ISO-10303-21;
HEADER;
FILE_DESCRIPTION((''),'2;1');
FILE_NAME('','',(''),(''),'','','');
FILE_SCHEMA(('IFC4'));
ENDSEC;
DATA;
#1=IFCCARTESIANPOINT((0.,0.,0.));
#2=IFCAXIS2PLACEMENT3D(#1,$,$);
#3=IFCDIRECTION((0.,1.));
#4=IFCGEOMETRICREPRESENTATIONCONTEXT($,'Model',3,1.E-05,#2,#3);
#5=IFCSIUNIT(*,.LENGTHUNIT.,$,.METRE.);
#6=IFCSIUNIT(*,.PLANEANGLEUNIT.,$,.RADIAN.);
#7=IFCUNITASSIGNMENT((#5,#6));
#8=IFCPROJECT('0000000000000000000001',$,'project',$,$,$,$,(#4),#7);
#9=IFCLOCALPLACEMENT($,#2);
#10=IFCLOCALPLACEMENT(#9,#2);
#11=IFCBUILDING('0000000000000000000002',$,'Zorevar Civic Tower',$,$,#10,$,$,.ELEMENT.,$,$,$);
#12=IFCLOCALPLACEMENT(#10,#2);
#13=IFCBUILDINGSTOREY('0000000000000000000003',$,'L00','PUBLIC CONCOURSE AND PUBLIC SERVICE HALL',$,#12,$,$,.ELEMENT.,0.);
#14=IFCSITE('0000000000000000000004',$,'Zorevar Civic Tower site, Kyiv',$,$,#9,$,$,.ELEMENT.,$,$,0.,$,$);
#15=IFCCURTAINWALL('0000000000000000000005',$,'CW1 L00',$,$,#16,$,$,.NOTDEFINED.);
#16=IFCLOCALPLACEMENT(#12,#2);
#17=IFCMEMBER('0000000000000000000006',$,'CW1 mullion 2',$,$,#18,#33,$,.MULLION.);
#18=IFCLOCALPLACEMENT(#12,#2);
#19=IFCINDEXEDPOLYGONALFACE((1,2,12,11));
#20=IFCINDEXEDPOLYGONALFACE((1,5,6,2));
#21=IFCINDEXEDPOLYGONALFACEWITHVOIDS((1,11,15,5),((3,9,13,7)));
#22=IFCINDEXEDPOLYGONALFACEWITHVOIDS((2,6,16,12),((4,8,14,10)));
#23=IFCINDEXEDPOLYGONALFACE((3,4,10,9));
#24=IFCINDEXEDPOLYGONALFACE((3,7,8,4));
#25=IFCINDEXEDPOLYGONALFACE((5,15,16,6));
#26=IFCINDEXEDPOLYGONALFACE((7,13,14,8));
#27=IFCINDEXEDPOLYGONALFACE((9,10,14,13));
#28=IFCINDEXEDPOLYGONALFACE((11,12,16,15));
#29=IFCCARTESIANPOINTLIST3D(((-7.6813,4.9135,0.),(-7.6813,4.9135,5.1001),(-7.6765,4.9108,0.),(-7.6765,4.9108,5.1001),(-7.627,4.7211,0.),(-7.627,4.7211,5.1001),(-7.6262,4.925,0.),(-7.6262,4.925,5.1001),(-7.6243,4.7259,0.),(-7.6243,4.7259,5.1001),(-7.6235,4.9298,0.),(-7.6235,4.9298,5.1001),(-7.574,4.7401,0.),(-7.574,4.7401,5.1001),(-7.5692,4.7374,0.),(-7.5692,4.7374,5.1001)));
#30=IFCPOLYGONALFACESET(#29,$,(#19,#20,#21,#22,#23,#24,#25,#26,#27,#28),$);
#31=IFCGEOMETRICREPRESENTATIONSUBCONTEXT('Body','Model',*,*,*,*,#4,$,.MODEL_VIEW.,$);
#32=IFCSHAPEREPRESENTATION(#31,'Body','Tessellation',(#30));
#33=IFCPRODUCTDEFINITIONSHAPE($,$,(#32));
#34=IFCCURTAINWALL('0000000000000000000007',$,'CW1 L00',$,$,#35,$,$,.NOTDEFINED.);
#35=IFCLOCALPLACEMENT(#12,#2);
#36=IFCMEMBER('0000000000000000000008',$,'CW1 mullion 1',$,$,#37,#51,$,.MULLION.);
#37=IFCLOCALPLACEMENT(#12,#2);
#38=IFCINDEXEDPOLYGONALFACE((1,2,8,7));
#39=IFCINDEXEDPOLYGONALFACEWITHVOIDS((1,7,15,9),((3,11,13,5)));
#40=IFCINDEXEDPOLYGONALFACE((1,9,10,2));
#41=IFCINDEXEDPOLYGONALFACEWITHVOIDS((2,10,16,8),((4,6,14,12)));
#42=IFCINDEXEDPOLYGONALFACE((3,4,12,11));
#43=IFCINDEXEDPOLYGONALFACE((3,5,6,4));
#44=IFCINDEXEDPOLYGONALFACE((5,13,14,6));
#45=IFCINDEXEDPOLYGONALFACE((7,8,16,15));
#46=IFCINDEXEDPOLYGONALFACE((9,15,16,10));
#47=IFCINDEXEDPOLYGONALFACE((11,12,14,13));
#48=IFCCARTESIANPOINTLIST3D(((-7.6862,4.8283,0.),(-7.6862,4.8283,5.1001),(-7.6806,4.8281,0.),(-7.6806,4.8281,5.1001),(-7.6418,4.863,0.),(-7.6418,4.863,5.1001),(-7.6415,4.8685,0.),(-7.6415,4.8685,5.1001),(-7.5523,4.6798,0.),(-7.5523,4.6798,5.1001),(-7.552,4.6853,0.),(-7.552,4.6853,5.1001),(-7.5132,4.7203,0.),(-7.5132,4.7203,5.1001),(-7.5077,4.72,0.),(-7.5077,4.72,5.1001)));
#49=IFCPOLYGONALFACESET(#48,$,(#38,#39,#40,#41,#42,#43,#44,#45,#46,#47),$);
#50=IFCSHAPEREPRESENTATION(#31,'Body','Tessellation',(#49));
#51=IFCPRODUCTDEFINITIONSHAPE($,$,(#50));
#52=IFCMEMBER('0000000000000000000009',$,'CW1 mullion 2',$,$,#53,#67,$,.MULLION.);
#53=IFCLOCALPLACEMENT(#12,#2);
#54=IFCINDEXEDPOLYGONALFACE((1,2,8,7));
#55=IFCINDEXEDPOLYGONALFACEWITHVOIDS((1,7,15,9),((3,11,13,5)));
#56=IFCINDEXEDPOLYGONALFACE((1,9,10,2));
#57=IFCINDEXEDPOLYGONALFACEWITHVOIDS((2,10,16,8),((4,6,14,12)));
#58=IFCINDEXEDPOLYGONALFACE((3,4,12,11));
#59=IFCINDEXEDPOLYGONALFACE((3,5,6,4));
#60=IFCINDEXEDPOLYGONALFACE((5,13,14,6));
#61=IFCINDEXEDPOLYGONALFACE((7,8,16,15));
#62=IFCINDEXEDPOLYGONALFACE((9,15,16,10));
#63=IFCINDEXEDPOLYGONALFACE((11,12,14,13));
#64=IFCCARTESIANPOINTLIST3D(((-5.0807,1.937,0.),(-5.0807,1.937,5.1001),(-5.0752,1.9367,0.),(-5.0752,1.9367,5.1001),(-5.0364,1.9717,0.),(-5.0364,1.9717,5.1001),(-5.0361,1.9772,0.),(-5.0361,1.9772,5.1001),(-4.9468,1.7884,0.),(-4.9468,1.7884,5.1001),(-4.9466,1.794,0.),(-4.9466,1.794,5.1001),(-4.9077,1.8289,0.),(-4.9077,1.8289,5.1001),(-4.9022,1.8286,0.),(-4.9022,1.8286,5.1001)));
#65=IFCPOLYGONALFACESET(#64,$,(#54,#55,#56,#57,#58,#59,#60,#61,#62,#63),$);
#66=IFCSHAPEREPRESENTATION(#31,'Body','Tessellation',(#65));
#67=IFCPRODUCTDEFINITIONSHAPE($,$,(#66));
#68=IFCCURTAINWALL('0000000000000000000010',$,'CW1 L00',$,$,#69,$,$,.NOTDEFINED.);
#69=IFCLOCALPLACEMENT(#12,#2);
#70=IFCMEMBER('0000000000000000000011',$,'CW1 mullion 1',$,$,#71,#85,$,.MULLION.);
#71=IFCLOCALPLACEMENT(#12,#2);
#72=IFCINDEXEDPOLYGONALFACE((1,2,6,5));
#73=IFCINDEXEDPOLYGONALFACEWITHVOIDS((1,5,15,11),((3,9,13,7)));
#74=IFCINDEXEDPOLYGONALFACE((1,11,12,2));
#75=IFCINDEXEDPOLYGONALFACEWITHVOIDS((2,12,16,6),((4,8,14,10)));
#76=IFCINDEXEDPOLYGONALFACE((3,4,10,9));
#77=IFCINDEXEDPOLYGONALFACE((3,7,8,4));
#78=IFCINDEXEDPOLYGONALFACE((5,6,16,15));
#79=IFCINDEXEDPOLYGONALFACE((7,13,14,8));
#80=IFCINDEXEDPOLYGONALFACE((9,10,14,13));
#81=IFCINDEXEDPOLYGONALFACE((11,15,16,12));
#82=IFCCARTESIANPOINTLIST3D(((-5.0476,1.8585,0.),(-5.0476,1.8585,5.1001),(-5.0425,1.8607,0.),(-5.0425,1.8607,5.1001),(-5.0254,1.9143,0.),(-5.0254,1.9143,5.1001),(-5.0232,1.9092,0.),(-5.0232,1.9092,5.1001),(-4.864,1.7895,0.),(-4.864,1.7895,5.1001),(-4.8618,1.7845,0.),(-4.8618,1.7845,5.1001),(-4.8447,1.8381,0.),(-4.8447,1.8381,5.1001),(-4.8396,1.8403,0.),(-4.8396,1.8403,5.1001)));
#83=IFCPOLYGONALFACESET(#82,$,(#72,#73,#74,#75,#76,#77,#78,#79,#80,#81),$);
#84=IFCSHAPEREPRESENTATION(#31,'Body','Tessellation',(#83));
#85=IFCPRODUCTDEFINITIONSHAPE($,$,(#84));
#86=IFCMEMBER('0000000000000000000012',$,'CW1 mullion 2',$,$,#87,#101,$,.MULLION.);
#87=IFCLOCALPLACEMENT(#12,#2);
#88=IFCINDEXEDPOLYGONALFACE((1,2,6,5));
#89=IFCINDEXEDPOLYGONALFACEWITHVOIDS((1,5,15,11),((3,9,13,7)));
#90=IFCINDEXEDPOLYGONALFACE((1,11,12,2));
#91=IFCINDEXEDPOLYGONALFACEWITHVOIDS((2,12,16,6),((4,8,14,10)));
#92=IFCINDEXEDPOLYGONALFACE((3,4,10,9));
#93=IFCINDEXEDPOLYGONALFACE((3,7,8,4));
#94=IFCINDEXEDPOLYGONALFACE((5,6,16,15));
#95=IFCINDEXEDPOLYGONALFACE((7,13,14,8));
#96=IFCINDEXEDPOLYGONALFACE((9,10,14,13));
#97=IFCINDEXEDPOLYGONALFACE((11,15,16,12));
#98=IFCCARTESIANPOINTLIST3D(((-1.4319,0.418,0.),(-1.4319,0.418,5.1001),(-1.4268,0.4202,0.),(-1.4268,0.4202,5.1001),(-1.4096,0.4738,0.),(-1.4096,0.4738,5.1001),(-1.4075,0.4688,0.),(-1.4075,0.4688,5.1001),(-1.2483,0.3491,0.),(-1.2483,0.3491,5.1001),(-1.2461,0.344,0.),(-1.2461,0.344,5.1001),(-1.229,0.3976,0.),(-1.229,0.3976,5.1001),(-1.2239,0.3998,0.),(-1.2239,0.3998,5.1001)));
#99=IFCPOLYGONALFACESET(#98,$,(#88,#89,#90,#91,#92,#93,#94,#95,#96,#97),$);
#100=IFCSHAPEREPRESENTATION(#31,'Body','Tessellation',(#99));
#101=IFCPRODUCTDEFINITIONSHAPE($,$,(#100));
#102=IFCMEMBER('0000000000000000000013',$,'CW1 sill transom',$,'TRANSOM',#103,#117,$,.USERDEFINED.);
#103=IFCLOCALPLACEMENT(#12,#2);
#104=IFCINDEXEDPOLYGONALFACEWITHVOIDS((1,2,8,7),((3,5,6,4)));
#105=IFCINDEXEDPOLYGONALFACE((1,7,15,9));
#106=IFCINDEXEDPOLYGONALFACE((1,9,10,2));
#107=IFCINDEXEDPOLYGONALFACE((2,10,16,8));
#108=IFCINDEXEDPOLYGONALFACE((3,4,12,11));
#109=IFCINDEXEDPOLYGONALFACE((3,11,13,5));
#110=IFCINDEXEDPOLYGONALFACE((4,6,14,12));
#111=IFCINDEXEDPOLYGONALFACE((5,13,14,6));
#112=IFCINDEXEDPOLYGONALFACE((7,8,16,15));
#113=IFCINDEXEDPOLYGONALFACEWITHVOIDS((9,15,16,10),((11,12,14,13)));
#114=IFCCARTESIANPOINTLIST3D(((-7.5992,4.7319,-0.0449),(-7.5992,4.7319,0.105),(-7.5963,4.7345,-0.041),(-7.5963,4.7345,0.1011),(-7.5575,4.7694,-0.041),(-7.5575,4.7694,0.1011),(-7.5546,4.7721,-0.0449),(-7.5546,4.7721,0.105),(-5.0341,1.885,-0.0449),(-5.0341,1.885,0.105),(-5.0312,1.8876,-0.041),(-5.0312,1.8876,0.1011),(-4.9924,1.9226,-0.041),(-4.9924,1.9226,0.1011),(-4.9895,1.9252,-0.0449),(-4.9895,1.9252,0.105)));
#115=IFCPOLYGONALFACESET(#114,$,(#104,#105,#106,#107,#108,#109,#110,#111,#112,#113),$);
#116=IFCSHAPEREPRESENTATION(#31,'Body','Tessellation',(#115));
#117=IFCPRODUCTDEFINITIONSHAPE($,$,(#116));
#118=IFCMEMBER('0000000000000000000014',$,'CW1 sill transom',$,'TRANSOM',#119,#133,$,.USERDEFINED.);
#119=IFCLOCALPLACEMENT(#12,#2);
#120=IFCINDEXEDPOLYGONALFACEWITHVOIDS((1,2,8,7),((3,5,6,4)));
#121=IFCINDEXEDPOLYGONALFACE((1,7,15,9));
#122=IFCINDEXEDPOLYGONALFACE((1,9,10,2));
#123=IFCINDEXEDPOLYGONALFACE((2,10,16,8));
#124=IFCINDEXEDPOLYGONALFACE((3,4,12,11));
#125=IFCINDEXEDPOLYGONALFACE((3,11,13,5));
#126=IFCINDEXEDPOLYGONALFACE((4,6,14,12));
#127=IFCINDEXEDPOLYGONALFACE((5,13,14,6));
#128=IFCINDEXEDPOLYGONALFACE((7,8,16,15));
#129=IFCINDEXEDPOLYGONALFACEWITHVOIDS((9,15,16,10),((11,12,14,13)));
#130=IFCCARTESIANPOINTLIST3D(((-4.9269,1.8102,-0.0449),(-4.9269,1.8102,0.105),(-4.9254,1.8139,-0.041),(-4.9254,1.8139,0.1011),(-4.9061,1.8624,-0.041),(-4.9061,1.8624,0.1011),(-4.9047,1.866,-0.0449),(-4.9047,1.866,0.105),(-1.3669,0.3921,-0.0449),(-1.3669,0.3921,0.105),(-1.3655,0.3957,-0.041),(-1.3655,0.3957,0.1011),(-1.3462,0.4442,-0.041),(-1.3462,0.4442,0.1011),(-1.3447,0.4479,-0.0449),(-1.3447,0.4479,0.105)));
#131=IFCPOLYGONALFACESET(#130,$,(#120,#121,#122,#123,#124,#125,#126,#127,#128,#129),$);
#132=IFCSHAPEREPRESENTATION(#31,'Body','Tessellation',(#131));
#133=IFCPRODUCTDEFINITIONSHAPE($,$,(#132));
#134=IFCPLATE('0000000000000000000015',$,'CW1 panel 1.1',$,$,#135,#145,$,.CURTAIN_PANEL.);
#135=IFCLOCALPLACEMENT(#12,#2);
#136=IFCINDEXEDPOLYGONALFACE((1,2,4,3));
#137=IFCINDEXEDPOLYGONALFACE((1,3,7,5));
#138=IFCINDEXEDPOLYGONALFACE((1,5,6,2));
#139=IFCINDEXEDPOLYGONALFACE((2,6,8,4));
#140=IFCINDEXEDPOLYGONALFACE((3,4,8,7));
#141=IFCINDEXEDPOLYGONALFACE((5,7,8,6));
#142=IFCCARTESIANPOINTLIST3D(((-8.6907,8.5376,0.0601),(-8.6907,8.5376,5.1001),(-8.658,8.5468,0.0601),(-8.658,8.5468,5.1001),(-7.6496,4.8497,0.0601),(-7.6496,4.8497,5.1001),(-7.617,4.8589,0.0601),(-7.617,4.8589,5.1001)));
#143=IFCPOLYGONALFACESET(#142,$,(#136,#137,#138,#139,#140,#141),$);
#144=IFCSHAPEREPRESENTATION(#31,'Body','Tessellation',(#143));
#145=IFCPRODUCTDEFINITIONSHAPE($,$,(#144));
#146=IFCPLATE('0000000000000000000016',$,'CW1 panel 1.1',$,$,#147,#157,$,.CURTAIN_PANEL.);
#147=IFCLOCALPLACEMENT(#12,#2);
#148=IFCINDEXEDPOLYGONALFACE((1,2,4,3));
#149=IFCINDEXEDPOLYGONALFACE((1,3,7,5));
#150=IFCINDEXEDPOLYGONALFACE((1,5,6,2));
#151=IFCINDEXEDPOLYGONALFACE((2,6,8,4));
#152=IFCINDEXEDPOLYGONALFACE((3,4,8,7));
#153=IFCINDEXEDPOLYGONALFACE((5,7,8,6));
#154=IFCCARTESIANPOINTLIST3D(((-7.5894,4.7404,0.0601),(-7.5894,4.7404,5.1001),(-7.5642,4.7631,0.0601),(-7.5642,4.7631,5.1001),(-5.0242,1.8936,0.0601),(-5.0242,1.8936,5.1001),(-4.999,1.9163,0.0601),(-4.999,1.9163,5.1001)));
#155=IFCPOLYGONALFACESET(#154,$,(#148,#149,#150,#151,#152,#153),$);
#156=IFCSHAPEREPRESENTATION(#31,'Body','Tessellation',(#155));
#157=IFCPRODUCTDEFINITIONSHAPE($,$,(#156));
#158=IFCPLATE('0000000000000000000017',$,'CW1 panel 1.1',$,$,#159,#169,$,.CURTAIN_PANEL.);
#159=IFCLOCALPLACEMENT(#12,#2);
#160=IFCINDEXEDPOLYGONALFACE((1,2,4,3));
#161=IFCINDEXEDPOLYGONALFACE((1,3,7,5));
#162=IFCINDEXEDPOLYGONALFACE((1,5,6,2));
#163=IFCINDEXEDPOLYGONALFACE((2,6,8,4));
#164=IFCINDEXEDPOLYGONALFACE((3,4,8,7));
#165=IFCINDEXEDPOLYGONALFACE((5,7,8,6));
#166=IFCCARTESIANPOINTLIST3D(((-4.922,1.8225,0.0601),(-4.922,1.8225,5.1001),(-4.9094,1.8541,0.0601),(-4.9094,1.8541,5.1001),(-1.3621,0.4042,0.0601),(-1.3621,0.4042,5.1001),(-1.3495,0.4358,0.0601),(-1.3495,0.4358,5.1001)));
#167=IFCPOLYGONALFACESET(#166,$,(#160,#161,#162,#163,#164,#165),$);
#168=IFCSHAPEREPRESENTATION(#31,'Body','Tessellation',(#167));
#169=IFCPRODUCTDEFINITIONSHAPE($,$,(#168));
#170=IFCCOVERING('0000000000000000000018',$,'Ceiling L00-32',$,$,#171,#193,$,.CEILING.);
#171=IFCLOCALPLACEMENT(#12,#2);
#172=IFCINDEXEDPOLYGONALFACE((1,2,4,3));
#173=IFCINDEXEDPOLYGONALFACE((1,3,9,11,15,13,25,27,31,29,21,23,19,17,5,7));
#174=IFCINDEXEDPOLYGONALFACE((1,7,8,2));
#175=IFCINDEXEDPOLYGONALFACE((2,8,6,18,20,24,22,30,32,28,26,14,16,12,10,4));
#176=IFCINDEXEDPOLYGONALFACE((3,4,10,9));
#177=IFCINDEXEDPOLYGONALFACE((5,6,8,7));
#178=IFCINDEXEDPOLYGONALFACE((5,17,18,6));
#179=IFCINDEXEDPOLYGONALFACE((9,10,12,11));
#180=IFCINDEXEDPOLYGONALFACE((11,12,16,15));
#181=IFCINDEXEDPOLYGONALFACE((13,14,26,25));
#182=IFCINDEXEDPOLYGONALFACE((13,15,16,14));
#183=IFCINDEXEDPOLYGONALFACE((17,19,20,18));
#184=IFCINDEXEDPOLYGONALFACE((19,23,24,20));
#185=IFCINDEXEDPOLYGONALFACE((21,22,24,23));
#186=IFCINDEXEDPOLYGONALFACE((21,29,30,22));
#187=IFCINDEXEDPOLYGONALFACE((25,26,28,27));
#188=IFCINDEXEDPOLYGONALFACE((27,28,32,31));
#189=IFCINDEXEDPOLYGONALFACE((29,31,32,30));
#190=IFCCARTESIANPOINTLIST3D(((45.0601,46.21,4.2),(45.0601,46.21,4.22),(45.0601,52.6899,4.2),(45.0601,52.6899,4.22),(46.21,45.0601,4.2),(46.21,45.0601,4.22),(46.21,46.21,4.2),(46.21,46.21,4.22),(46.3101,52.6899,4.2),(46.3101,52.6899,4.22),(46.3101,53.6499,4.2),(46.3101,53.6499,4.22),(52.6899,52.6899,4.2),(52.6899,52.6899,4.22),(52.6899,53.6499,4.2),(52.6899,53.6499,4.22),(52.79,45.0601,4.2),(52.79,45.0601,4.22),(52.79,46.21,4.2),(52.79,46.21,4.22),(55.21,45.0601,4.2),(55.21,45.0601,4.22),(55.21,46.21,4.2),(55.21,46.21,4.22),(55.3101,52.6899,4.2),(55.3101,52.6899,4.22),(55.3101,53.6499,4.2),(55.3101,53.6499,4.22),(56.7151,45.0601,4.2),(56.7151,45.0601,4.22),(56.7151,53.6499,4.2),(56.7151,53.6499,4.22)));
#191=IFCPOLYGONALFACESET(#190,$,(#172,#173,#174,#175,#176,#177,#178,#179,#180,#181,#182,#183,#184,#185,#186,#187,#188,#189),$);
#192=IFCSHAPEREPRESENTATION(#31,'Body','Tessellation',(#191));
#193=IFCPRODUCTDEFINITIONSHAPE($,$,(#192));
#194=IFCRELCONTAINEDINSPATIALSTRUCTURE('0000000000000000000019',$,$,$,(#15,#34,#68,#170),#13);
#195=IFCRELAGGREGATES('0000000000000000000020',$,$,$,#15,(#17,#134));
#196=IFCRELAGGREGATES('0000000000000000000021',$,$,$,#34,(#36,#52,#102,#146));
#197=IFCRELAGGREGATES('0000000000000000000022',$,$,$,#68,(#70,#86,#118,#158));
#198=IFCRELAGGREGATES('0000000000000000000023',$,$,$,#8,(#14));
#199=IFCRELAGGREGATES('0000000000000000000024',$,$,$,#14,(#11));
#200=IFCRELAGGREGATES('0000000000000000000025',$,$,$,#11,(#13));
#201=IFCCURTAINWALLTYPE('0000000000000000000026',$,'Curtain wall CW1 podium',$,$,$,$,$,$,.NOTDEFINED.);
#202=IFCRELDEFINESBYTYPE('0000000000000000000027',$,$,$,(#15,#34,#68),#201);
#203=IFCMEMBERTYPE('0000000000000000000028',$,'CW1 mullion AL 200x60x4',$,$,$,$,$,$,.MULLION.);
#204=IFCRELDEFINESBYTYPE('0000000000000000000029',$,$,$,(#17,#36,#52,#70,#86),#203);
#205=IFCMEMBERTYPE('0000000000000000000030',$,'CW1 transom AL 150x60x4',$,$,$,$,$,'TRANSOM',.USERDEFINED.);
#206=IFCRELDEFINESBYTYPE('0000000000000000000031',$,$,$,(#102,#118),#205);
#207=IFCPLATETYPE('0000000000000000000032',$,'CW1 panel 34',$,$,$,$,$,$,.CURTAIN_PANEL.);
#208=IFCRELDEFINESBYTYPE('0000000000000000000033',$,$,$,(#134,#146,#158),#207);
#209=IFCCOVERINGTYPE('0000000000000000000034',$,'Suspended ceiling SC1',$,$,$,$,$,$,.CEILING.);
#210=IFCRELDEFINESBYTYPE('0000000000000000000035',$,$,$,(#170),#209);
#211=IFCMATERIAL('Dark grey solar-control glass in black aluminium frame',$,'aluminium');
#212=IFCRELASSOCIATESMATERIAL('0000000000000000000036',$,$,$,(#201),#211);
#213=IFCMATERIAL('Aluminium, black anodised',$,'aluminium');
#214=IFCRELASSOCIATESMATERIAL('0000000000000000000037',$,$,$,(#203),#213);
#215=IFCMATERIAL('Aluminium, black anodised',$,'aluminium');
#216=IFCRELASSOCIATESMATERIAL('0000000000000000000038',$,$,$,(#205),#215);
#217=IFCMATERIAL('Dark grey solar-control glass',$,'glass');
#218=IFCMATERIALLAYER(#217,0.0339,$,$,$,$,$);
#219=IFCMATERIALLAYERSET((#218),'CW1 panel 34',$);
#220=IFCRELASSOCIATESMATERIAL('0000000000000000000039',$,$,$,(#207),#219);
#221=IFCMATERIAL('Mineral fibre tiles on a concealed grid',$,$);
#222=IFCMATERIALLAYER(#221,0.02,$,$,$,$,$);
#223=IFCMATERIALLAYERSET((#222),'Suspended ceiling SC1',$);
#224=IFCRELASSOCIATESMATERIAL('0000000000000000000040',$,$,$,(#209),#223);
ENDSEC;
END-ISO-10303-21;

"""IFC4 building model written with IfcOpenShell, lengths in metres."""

from ifc_helpers import new_model, si_unit, direction, frame, origin, origin_2d, place, context, subcontext, project, spatial, polyline, rectangle, hollow_rectangle, outline, extrude, material, layer, layer_set, material_profile, profile_set, type_object, element, aggregate, save


model = new_model("IFC4")

# Units and contexts
model_context = context("Model", 3, precision=1e-05, world=origin(), true_north=direction((0.0, 1.0)))
body_context = subcontext(model_context, "Body", "Model", "MODEL_VIEW")
ifc_project = project(units=[si_unit("LENGTHUNIT", "METRE"), si_unit("PLANEANGLEUNIT", "RADIAN")], contexts=[model_context])

# Site, building, storey
site_placement = place(None, origin())
site = spatial("IfcSite", under=ifc_project, at=site_placement, Name="Zorevar Civic Tower site, Kyiv", CompositionType="ELEMENT", RefElevation=0.0)
building_placement = place(site_placement, origin())
building = spatial("IfcBuilding", under=site, at=building_placement, Name="Zorevar Civic Tower", CompositionType="ELEMENT")
storey_placement = place(building_placement, origin())
storey = spatial("IfcBuildingStorey", under=building, at=storey_placement, Name="L00", Description="PUBLIC CONCOURSE AND PUBLIC SERVICE HALL", CompositionType="ELEMENT", Elevation=0.0)

# Curtain wall, member
ifc_material_1 = material(Name="Dark grey solar-control glass in black aluminium frame", Category="aluminium")
curtain_wall_type = type_object("IfcCurtainWallType", Name="Curtain wall CW1 podium", PredefinedType="NOTDEFINED", material=ifc_material_1)
curtain_wall_1_placement = place(storey_placement, origin())
curtain_wall_1 = element("IfcCurtainWall", 1, at=curtain_wall_1_placement, inside=storey, type_object=curtain_wall_type, Name="CW1 L00", PredefinedType="NOTDEFINED")
ifc_material_2 = material(Name="Aluminium, black anodised", Category="aluminium")
ifc_material_profile_1 = material_profile(ifc_material_2, hollow_rectangle(XDim=0.0601, YDim=0.2, WallThickness=0.0039, at=origin_2d()), Name="AL 200x60x4")
ifc_profile_set_1 = profile_set([ifc_material_profile_1], Name="Aluminium, black anodised")
member_type_1 = type_object("IfcMemberType", Name="CW1 mullion AL 200x60x4", PredefinedType="MULLION", material=ifc_profile_set_1)
member_1_placement = place(storey_placement, frame((-7.6252, 4.8254, 0.0), z_axis=(0.0, 0.0, 1.0), x_axis=(0.962391, 0.271669, 0.0)))
member_1 = element("IfcMember", 2, at=member_1_placement, type_object=member_type_1, Name="CW1 mullion 2", PredefinedType="MULLION", context=body_context, shape_type="SweptSolid", body=[
    extrude(hollow_rectangle(XDim=0.0601, YDim=0.2, WallThickness=0.0039, at=origin_2d()), origin(), (0.0, 0.0, 1.0), 5.1001),
])

# Curtain walls, members
curtain_wall_2_placement = place(storey_placement, origin())
curtain_wall_2 = element("IfcCurtainWall", 3, at=curtain_wall_2_placement, inside=storey, type_object=curtain_wall_type, Name="CW1 L00", PredefinedType="NOTDEFINED")
member_2_placement = place(storey_placement, frame((-7.5969, 4.7742, 0.0), z_axis=(0.0, 0.0, 1.0), x_axis=(0.7429, 0.669403, 0.0)))
member_2 = element("IfcMember", 4, at=member_2_placement, type_object=member_type_1, Name="CW1 mullion 1", PredefinedType="MULLION", context=body_context, shape_type="SweptSolid", body=[
    extrude(hollow_rectangle(XDim=0.0601, YDim=0.2, WallThickness=0.0039, at=origin_2d()), origin(), (0.0, 0.0, 1.0), 5.1001),
])
member_3_placement = place(storey_placement, frame((-4.9915, 1.8828, 0.0), z_axis=(0.0, 0.0, 1.0), x_axis=(0.7429, 0.669403, 0.0)))
member_3 = element("IfcMember", 5, at=member_3_placement, type_object=member_type_1, Name="CW1 mullion 2", PredefinedType="MULLION", context=body_context, shape_type="SweptSolid", body=[
    extrude(hollow_rectangle(XDim=0.0601, YDim=0.2, WallThickness=0.0039, at=origin_2d()), origin(), (0.0, 0.0, 1.0), 5.1001),
])
curtain_wall_3_placement = place(storey_placement, origin())
curtain_wall_3 = element("IfcCurtainWall", 6, at=curtain_wall_3_placement, inside=storey, type_object=curtain_wall_type, Name="CW1 L00", PredefinedType="NOTDEFINED")
member_4_placement = place(storey_placement, frame((-4.9436, 1.8494, 0.0), z_axis=(0.0, 0.0, 1.0), x_axis=(0.370111, 0.928988, 0.0)))
member_4 = element("IfcMember", 7, at=member_4_placement, type_object=member_type_1, Name="CW1 mullion 1", PredefinedType="MULLION", context=body_context, shape_type="SweptSolid", body=[
    extrude(hollow_rectangle(XDim=0.0601, YDim=0.2, WallThickness=0.0039, at=origin_2d()), origin(), (0.0, 0.0, 1.0), 5.1001),
])
member_5_placement = place(storey_placement, frame((-1.3279, 0.4089, 0.0), z_axis=(0.0, 0.0, 1.0), x_axis=(0.370111, 0.928988, 0.0)))
member_5 = element("IfcMember", 8, at=member_5_placement, type_object=member_type_1, Name="CW1 mullion 2", PredefinedType="MULLION", context=body_context, shape_type="SweptSolid", body=[
    extrude(hollow_rectangle(XDim=0.0601, YDim=0.2, WallThickness=0.0039, at=origin_2d()), origin(), (0.0, 0.0, 1.0), 5.1001),
])

# Members
ifc_material_3 = material(Name="Aluminium, black anodised", Category="aluminium")
ifc_material_profile_2 = material_profile(ifc_material_3, hollow_rectangle(XDim=0.0601, YDim=0.1499, WallThickness=0.0039, at=origin_2d()), Name="AL 150x60x4")
ifc_profile_set_2 = profile_set([ifc_material_profile_2], Name="Aluminium, black anodised")
member_type_2 = type_object("IfcMemberType", Name="CW1 transom AL 150x60x4", ElementType="TRANSOM", PredefinedType="USERDEFINED", material=ifc_profile_set_2)
member_6_placement = place(storey_placement, frame((-7.5769, 4.752, 0.03), z_axis=(0.669391, -0.742911, 0.0), x_axis=(0.742911, 0.669391, 0.0)))
member_6 = element("IfcMember", 9, at=member_6_placement, type_object=member_type_2, Name="CW1 sill transom", ObjectType="TRANSOM", PredefinedType="USERDEFINED", context=body_context, shape_type="SweptSolid", body=[
    extrude(hollow_rectangle(XDim=0.0601, YDim=0.1499, WallThickness=0.0039, at=origin_2d()), origin(), (0.0, 0.0, 1.0), 3.832),
])
member_7_placement = place(storey_placement, frame((-4.9158, 1.8381, 0.03), z_axis=(0.928999, -0.370083, 0.0), x_axis=(0.370083, 0.928999, 0.0)))
member_7 = element("IfcMember", 10, at=member_7_placement, type_object=member_type_2, Name="CW1 sill transom", ObjectType="TRANSOM", PredefinedType="USERDEFINED", context=body_context, shape_type="SweptSolid", body=[
    extrude(hollow_rectangle(XDim=0.0601, YDim=0.1499, WallThickness=0.0039, at=origin_2d()), origin(), (0.0, 0.0, 1.0), 3.832),
])

# Plates
ifc_material_4 = material(Name="Dark grey solar-control glass", Category="glass")
ifc_layer_1 = layer(ifc_material_4, 0.0339)
ifc_layer_set_1 = layer_set([ifc_layer_1], Name="CW1 panel 34")
plate_type = type_object("IfcPlateType", Name="CW1 panel 34", PredefinedType="CURTAIN_PANEL", material=ifc_layer_set_1)
plate_1_placement = place(storey_placement, frame((-8.1538, 6.6982, 0.0601), z_axis=(0.0, 0.0, 1.0), x_axis=(0.271669, -0.962391, 0.0)))
plate_1 = element("IfcPlate", 11, at=plate_1_placement, type_object=plate_type, Name="CW1 panel 1.1", PredefinedType="CURTAIN_PANEL", context=body_context, shape_type="SweptSolid", body=[
    extrude(rectangle(XDim=3.832, YDim=0.0339, at=origin_2d()), origin(), (0.0, 0.0, 1.0), 5.04),
])
aggregate(curtain_wall_1, [member_1, plate_1])
plate_2_placement = place(storey_placement, frame((-6.2942, 3.3284, 0.0601), z_axis=(0.0, 0.0, 1.0), x_axis=(0.669403, -0.7429, 0.0)))
plate_2 = element("IfcPlate", 12, at=plate_2_placement, type_object=plate_type, Name="CW1 panel 1.1", PredefinedType="CURTAIN_PANEL", context=body_context, shape_type="SweptSolid", body=[
    extrude(rectangle(XDim=3.832, YDim=0.0339, at=origin_2d()), origin(), (0.0, 0.0, 1.0), 5.04),
])
aggregate(curtain_wall_2, [member_2, member_3, member_6, plate_2])
plate_3_placement = place(storey_placement, frame((-3.1357, 1.1292, 0.0601), z_axis=(0.0, 0.0, 1.0), x_axis=(0.928988, -0.370111, 0.0)))
plate_3 = element("IfcPlate", 13, at=plate_3_placement, type_object=plate_type, Name="CW1 panel 1.1", PredefinedType="CURTAIN_PANEL", context=body_context, shape_type="SweptSolid", body=[
    extrude(rectangle(XDim=3.832, YDim=0.0339, at=origin_2d()), origin(), (0.0, 0.0, 1.0), 5.04),
])
aggregate(curtain_wall_3, [member_4, member_5, member_7, plate_3])

# Covering
ifc_material_5 = material(Name="Mineral fibre tiles on a concealed grid")
ifc_layer_2 = layer(ifc_material_5, 0.02)
ifc_layer_set_2 = layer_set([ifc_layer_2], Name="Suspended ceiling SC1")
covering_type = type_object("IfcCoveringType", Name="Suspended ceiling SC1", PredefinedType="CEILING", material=ifc_layer_set_2)
covering_1_placement = place(storey_placement, frame((0.0, 0.0, 4.2)))
element("IfcCovering", 14, at=covering_1_placement, inside=storey, type_object=covering_type, Name="Ceiling L00-32", PredefinedType="CEILING", context=body_context, shape_type="SweptSolid", body=[
    extrude(outline(polyline([(56.7151, 53.6499), (56.7151, 45.0601), (55.21, 45.0601), (55.21, 46.21), (52.79, 46.21), (52.79, 45.0601), (46.21, 45.0601), (46.21, 46.21), (45.0601, 46.21), (45.0601, 52.6899), (46.3101, 52.6899), (46.3101, 53.6499), (52.6899, 53.6499), (52.6899, 52.6899), (55.3101, 52.6899), (55.3101, 53.6499), (56.7151, 53.6499)])), origin(), (0.0, 0.0, 1.0), 0.02),
])

save(model, "model.ifc")
